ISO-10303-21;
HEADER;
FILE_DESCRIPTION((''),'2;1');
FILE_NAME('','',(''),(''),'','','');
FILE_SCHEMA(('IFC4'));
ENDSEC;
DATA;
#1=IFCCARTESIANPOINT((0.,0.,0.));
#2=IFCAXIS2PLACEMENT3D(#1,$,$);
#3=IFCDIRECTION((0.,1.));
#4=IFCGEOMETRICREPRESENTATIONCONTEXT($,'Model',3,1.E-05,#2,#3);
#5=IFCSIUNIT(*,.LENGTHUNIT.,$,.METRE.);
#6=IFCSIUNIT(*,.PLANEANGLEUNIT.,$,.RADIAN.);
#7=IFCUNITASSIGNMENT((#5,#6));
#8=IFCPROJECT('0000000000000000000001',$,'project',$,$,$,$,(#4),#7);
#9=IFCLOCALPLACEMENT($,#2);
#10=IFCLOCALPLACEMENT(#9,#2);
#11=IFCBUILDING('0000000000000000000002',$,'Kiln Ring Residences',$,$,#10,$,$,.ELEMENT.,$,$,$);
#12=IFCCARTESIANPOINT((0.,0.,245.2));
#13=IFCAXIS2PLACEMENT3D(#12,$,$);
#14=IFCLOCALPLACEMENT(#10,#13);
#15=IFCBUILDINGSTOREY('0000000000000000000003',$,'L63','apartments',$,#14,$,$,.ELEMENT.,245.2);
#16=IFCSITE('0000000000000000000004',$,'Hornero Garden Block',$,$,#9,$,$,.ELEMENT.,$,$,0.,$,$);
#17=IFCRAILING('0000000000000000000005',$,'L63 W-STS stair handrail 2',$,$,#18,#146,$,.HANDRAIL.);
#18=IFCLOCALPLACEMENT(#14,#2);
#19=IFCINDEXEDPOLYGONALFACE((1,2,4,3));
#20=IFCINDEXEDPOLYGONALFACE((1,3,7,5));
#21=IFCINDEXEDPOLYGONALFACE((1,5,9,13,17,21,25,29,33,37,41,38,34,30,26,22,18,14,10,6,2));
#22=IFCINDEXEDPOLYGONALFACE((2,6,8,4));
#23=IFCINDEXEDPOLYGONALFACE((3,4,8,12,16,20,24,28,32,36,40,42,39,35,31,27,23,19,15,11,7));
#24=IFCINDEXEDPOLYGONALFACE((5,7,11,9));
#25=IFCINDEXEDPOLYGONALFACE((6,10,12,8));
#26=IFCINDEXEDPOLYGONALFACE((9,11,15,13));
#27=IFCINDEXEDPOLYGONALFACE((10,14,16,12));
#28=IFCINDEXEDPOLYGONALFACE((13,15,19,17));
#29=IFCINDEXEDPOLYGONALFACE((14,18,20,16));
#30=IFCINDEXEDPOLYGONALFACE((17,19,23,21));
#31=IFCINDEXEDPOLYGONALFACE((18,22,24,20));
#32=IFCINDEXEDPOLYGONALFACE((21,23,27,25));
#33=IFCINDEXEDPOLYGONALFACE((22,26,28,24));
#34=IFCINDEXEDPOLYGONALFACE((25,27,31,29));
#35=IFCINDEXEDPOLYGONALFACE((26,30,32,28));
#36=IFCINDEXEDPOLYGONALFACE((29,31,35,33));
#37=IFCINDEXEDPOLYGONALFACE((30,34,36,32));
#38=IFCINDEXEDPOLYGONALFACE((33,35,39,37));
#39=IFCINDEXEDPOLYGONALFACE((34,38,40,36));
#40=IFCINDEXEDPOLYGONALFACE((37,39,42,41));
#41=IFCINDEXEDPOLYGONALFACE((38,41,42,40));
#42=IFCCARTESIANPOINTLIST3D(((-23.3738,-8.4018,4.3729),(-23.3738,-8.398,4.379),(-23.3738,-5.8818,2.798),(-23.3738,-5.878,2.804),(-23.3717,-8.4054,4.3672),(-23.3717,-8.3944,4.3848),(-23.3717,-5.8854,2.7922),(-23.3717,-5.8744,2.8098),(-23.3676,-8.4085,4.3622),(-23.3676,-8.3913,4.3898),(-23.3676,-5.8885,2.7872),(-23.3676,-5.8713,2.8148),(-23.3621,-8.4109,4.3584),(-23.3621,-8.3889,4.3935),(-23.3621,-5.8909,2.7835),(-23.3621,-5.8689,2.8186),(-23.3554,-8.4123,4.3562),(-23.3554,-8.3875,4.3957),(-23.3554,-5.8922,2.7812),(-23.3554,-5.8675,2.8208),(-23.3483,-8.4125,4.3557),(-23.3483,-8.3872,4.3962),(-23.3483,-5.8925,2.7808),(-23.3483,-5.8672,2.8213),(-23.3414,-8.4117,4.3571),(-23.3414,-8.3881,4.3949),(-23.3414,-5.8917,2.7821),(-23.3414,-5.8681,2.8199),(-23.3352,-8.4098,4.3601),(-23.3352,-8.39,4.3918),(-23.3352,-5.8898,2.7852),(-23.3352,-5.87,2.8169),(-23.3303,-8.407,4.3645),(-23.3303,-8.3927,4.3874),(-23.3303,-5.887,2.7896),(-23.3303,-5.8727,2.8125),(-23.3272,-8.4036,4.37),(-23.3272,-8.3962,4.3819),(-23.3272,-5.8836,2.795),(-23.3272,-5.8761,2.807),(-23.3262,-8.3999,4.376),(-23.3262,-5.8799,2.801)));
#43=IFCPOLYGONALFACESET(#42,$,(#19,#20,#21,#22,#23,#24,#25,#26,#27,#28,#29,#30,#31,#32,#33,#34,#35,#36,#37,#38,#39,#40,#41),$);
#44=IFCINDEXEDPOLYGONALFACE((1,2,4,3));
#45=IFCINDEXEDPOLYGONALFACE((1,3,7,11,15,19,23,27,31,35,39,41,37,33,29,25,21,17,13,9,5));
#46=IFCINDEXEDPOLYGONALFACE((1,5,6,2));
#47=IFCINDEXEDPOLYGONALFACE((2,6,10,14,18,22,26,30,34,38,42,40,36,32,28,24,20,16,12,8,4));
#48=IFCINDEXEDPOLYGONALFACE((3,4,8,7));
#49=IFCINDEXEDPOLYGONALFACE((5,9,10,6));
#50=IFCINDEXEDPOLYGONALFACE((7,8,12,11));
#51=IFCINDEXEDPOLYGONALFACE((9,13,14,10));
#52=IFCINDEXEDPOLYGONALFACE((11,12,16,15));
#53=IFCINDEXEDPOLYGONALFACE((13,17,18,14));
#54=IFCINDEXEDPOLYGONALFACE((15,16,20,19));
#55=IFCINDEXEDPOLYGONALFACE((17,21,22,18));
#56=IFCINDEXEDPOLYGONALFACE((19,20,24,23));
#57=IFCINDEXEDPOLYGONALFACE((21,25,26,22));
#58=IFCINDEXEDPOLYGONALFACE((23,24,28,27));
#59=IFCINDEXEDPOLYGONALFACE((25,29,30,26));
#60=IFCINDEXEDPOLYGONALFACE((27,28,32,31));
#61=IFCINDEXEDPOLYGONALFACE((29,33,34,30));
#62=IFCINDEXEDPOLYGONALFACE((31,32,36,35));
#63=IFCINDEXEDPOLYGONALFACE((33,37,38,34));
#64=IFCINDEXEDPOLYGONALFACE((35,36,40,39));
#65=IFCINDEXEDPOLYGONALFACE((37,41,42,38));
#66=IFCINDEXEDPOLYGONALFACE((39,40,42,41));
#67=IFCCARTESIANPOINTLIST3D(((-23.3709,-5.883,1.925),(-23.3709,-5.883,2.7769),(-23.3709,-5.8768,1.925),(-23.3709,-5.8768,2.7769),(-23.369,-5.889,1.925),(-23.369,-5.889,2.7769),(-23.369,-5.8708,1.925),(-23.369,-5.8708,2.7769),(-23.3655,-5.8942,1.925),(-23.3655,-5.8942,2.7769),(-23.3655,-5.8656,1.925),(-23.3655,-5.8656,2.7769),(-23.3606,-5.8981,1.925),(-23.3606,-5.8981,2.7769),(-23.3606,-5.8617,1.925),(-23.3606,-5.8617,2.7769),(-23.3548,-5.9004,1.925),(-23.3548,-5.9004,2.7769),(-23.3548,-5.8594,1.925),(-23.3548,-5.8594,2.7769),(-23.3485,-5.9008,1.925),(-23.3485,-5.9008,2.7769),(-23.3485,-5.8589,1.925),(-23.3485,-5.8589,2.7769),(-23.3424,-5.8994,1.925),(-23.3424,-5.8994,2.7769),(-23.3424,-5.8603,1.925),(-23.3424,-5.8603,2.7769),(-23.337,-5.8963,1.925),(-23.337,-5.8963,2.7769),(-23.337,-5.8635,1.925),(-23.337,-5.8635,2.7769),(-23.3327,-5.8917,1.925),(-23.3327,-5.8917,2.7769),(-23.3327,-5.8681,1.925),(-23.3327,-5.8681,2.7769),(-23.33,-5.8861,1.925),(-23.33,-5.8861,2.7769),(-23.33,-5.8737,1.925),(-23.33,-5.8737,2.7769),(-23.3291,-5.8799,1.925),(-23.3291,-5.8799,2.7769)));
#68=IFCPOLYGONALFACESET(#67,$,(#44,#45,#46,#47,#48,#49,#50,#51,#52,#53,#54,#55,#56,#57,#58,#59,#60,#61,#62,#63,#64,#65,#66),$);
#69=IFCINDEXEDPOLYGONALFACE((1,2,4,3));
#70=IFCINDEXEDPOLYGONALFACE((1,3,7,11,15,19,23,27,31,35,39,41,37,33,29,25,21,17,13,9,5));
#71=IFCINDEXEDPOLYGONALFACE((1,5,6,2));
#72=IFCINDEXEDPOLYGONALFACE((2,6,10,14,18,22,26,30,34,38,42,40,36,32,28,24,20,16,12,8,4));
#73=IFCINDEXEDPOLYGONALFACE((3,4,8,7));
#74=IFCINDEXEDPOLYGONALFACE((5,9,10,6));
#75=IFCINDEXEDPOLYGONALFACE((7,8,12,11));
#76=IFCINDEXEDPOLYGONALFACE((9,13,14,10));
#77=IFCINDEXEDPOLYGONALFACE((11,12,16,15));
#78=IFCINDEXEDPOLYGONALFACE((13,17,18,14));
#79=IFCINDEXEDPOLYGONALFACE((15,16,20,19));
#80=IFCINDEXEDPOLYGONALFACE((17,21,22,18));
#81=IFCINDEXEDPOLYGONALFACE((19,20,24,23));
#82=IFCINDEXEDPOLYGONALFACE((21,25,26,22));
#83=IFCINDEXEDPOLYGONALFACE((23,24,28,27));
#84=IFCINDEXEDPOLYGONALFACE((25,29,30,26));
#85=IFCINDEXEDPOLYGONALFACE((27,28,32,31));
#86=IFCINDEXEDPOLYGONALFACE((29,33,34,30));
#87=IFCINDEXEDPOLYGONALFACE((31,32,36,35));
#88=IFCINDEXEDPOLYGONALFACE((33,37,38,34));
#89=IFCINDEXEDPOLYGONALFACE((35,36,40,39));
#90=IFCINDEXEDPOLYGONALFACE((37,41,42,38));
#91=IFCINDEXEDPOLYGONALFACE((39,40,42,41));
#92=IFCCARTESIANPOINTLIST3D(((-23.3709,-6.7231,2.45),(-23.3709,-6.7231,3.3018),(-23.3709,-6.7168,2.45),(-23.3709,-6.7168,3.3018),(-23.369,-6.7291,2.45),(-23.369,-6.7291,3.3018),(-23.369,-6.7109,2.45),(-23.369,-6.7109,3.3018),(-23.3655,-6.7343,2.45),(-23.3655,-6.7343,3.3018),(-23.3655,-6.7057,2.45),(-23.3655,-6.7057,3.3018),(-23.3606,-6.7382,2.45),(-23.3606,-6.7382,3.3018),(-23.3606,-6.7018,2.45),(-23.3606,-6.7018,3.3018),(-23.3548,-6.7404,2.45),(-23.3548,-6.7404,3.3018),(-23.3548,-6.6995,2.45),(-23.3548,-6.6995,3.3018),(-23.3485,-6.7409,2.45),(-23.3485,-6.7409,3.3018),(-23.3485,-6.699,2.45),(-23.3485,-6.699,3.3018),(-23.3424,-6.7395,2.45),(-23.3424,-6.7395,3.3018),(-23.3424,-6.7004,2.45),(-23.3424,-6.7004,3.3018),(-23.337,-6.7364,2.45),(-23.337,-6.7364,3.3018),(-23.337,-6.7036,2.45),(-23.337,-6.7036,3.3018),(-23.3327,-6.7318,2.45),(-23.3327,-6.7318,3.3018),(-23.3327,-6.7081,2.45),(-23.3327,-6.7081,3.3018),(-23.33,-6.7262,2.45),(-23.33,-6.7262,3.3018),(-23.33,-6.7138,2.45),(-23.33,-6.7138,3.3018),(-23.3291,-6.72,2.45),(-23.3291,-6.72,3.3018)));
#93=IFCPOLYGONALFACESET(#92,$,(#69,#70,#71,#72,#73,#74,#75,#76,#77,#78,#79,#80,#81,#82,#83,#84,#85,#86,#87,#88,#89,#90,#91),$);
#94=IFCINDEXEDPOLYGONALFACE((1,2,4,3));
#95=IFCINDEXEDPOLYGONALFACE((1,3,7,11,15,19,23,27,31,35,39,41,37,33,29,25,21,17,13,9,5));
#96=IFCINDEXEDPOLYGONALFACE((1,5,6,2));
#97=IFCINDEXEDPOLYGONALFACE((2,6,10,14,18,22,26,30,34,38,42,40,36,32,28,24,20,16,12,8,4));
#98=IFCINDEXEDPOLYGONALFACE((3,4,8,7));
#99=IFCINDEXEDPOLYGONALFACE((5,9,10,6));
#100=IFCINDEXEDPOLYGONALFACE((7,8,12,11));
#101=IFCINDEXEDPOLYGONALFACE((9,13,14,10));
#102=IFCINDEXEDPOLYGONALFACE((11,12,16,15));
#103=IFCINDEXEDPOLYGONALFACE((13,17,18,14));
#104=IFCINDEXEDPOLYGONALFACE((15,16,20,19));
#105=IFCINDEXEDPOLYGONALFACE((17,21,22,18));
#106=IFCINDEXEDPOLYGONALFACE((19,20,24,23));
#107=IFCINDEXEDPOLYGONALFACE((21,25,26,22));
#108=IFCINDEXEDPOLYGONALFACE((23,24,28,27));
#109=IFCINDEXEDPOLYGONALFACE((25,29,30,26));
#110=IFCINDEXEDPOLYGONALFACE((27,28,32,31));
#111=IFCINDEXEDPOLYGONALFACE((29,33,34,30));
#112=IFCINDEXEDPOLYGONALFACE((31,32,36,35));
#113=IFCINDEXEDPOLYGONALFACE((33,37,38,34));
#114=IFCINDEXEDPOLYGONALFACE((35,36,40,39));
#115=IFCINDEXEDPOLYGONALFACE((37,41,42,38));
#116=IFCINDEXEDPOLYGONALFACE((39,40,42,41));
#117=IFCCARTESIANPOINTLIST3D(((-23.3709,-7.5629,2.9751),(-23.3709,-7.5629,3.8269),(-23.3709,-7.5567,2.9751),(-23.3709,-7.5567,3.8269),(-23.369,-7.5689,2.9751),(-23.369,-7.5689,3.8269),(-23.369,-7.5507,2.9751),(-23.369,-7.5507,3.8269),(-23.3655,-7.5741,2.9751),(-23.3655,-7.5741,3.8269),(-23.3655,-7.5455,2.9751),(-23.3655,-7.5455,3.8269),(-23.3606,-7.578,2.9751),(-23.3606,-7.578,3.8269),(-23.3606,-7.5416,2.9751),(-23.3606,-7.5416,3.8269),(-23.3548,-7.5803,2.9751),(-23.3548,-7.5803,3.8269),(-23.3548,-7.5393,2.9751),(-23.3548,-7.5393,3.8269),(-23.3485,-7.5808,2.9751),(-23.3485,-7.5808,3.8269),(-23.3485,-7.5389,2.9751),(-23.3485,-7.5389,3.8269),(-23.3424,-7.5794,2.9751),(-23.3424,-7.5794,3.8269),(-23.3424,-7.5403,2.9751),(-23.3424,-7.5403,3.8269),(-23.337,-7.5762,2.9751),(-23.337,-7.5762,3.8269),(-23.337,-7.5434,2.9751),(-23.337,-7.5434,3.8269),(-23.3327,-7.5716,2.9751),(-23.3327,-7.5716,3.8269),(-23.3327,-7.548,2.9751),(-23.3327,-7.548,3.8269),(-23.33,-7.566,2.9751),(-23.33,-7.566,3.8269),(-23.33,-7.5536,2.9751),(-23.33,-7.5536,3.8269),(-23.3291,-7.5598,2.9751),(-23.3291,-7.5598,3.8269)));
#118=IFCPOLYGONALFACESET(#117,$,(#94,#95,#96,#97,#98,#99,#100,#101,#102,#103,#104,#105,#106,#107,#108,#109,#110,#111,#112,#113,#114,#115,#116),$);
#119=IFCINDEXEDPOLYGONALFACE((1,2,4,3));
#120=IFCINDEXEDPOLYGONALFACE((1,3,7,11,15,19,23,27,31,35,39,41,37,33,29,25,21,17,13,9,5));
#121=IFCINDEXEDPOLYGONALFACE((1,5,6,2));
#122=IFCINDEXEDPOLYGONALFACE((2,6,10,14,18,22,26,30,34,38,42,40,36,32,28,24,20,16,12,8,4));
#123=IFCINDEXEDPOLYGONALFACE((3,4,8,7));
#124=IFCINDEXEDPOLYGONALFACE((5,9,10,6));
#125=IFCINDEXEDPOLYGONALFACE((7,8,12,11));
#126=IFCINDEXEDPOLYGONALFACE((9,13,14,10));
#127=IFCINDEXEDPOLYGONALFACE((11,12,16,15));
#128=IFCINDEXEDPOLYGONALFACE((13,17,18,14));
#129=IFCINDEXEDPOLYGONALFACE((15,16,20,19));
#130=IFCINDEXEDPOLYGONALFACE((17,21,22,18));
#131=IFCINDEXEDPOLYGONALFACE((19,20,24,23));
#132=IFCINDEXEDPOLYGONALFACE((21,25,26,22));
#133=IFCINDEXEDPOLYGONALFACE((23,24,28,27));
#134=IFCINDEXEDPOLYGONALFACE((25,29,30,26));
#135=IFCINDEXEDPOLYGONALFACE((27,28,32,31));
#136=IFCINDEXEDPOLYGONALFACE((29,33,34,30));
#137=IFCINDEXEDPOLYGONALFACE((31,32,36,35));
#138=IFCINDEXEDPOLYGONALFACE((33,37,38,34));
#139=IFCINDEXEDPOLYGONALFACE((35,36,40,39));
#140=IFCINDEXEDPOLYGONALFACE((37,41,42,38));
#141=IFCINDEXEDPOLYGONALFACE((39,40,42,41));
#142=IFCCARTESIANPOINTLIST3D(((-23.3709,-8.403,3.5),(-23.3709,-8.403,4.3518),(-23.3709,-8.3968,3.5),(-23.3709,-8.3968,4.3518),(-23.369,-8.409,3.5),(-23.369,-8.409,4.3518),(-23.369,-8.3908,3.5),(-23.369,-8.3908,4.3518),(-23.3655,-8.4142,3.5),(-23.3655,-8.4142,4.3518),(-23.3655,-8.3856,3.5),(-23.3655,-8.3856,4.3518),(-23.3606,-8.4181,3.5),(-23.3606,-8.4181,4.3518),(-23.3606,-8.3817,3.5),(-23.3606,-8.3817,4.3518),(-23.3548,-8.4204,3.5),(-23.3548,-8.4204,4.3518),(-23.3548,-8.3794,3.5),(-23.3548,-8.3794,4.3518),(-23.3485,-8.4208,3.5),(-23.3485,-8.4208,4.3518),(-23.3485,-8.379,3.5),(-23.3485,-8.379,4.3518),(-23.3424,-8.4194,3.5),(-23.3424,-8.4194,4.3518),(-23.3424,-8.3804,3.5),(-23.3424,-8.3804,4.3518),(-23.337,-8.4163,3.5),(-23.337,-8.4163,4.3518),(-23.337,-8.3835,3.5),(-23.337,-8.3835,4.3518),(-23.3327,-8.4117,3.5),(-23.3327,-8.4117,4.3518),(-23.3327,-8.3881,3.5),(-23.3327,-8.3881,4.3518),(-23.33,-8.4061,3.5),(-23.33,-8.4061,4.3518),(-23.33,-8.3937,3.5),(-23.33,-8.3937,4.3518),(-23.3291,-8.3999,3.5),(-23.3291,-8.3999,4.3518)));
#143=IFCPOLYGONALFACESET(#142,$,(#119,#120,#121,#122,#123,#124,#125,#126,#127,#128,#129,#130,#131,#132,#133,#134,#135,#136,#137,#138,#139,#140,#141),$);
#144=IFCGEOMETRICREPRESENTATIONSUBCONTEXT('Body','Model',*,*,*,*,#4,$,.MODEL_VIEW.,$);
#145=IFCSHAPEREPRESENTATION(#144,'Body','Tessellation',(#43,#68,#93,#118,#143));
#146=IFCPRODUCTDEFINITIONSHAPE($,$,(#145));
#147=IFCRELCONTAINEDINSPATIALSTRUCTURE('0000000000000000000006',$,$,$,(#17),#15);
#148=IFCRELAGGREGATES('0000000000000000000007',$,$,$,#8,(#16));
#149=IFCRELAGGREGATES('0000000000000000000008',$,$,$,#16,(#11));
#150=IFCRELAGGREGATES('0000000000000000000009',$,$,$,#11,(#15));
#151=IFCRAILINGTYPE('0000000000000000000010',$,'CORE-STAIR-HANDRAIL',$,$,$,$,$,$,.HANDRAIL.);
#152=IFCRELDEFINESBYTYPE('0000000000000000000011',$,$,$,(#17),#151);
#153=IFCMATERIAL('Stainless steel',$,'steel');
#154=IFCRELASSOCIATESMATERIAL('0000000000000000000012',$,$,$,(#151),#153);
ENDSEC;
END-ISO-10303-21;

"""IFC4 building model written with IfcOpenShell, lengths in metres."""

from ifc_helpers import new_model, si_unit, direction, frame, origin, origin_2d, place, context, subcontext, project, spatial, circle, extrude, material, type_object, element, save


model = new_model("IFC4")

# Units and contexts
model_context = context("Model", 3, precision=1e-05, world=origin(), true_north=direction((0.0, 1.0)))
body_context = subcontext(model_context, "Body", "Model", "MODEL_VIEW")
ifc_project = project(units=[si_unit("LENGTHUNIT", "METRE"), si_unit("PLANEANGLEUNIT", "RADIAN")], contexts=[model_context])

# Site, building, storey
site_placement = place(None, origin())
site = spatial("IfcSite", under=ifc_project, at=site_placement, Name="Hornero Garden Block", CompositionType="ELEMENT", RefElevation=0.0)
building_placement = place(site_placement, origin())
building = spatial("IfcBuilding", under=site, at=building_placement, Name="Kiln Ring Residences", CompositionType="ELEMENT")
storey_placement = place(building_placement, frame((0.0, 0.0, 245.2)))
storey = spatial("IfcBuildingStorey", under=building, at=storey_placement, Name="L63", Description="apartments", CompositionType="ELEMENT", Elevation=245.2)

# Railing
ifc_material_1 = material(Name="Stainless steel", Category="steel")
railing_type_1 = type_object("IfcRailingType", Name="CORE-STAIR-HANDRAIL", PredefinedType="HANDRAIL", material=ifc_material_1)
railing_1_placement = place(storey_placement, frame((-23.3501, -5.8799, 1.925)))
element("IfcRailing", 1, at=railing_1_placement, inside=storey, type_object=railing_type_1, Name="L63 W-STS stair handrail 2", PredefinedType="HANDRAIL", context=body_context, shape_type="SweptSolid", body=[
    extrude(circle(Radius=0.0239, at=origin_2d()), frame((0.0, 0.0, 0.876), z_axis=(0.0, -0.848008, 0.529984), x_axis=(1.0, 0.0, 0.0)), (0.0, 0.0, 1.0), 2.9717),
    extrude(circle(Radius=0.021, at=origin_2d()), origin(), (0.0, 0.0, 1.0), 0.8518),
    extrude(circle(Radius=0.021, at=origin_2d()), frame((0.0, -0.8401, 0.5249)), (0.0, 0.0, 1.0), 0.8518),
    extrude(circle(Radius=0.021, at=origin_2d()), frame((0.0, -1.6799, 1.05)), (0.0, 0.0, 1.0), 0.8518),
    extrude(circle(Radius=0.021, at=origin_2d()), frame((0.0, -2.52, 1.575)), (0.0, 0.0, 1.0), 0.8518),
])

save(model, "model.ifc")
